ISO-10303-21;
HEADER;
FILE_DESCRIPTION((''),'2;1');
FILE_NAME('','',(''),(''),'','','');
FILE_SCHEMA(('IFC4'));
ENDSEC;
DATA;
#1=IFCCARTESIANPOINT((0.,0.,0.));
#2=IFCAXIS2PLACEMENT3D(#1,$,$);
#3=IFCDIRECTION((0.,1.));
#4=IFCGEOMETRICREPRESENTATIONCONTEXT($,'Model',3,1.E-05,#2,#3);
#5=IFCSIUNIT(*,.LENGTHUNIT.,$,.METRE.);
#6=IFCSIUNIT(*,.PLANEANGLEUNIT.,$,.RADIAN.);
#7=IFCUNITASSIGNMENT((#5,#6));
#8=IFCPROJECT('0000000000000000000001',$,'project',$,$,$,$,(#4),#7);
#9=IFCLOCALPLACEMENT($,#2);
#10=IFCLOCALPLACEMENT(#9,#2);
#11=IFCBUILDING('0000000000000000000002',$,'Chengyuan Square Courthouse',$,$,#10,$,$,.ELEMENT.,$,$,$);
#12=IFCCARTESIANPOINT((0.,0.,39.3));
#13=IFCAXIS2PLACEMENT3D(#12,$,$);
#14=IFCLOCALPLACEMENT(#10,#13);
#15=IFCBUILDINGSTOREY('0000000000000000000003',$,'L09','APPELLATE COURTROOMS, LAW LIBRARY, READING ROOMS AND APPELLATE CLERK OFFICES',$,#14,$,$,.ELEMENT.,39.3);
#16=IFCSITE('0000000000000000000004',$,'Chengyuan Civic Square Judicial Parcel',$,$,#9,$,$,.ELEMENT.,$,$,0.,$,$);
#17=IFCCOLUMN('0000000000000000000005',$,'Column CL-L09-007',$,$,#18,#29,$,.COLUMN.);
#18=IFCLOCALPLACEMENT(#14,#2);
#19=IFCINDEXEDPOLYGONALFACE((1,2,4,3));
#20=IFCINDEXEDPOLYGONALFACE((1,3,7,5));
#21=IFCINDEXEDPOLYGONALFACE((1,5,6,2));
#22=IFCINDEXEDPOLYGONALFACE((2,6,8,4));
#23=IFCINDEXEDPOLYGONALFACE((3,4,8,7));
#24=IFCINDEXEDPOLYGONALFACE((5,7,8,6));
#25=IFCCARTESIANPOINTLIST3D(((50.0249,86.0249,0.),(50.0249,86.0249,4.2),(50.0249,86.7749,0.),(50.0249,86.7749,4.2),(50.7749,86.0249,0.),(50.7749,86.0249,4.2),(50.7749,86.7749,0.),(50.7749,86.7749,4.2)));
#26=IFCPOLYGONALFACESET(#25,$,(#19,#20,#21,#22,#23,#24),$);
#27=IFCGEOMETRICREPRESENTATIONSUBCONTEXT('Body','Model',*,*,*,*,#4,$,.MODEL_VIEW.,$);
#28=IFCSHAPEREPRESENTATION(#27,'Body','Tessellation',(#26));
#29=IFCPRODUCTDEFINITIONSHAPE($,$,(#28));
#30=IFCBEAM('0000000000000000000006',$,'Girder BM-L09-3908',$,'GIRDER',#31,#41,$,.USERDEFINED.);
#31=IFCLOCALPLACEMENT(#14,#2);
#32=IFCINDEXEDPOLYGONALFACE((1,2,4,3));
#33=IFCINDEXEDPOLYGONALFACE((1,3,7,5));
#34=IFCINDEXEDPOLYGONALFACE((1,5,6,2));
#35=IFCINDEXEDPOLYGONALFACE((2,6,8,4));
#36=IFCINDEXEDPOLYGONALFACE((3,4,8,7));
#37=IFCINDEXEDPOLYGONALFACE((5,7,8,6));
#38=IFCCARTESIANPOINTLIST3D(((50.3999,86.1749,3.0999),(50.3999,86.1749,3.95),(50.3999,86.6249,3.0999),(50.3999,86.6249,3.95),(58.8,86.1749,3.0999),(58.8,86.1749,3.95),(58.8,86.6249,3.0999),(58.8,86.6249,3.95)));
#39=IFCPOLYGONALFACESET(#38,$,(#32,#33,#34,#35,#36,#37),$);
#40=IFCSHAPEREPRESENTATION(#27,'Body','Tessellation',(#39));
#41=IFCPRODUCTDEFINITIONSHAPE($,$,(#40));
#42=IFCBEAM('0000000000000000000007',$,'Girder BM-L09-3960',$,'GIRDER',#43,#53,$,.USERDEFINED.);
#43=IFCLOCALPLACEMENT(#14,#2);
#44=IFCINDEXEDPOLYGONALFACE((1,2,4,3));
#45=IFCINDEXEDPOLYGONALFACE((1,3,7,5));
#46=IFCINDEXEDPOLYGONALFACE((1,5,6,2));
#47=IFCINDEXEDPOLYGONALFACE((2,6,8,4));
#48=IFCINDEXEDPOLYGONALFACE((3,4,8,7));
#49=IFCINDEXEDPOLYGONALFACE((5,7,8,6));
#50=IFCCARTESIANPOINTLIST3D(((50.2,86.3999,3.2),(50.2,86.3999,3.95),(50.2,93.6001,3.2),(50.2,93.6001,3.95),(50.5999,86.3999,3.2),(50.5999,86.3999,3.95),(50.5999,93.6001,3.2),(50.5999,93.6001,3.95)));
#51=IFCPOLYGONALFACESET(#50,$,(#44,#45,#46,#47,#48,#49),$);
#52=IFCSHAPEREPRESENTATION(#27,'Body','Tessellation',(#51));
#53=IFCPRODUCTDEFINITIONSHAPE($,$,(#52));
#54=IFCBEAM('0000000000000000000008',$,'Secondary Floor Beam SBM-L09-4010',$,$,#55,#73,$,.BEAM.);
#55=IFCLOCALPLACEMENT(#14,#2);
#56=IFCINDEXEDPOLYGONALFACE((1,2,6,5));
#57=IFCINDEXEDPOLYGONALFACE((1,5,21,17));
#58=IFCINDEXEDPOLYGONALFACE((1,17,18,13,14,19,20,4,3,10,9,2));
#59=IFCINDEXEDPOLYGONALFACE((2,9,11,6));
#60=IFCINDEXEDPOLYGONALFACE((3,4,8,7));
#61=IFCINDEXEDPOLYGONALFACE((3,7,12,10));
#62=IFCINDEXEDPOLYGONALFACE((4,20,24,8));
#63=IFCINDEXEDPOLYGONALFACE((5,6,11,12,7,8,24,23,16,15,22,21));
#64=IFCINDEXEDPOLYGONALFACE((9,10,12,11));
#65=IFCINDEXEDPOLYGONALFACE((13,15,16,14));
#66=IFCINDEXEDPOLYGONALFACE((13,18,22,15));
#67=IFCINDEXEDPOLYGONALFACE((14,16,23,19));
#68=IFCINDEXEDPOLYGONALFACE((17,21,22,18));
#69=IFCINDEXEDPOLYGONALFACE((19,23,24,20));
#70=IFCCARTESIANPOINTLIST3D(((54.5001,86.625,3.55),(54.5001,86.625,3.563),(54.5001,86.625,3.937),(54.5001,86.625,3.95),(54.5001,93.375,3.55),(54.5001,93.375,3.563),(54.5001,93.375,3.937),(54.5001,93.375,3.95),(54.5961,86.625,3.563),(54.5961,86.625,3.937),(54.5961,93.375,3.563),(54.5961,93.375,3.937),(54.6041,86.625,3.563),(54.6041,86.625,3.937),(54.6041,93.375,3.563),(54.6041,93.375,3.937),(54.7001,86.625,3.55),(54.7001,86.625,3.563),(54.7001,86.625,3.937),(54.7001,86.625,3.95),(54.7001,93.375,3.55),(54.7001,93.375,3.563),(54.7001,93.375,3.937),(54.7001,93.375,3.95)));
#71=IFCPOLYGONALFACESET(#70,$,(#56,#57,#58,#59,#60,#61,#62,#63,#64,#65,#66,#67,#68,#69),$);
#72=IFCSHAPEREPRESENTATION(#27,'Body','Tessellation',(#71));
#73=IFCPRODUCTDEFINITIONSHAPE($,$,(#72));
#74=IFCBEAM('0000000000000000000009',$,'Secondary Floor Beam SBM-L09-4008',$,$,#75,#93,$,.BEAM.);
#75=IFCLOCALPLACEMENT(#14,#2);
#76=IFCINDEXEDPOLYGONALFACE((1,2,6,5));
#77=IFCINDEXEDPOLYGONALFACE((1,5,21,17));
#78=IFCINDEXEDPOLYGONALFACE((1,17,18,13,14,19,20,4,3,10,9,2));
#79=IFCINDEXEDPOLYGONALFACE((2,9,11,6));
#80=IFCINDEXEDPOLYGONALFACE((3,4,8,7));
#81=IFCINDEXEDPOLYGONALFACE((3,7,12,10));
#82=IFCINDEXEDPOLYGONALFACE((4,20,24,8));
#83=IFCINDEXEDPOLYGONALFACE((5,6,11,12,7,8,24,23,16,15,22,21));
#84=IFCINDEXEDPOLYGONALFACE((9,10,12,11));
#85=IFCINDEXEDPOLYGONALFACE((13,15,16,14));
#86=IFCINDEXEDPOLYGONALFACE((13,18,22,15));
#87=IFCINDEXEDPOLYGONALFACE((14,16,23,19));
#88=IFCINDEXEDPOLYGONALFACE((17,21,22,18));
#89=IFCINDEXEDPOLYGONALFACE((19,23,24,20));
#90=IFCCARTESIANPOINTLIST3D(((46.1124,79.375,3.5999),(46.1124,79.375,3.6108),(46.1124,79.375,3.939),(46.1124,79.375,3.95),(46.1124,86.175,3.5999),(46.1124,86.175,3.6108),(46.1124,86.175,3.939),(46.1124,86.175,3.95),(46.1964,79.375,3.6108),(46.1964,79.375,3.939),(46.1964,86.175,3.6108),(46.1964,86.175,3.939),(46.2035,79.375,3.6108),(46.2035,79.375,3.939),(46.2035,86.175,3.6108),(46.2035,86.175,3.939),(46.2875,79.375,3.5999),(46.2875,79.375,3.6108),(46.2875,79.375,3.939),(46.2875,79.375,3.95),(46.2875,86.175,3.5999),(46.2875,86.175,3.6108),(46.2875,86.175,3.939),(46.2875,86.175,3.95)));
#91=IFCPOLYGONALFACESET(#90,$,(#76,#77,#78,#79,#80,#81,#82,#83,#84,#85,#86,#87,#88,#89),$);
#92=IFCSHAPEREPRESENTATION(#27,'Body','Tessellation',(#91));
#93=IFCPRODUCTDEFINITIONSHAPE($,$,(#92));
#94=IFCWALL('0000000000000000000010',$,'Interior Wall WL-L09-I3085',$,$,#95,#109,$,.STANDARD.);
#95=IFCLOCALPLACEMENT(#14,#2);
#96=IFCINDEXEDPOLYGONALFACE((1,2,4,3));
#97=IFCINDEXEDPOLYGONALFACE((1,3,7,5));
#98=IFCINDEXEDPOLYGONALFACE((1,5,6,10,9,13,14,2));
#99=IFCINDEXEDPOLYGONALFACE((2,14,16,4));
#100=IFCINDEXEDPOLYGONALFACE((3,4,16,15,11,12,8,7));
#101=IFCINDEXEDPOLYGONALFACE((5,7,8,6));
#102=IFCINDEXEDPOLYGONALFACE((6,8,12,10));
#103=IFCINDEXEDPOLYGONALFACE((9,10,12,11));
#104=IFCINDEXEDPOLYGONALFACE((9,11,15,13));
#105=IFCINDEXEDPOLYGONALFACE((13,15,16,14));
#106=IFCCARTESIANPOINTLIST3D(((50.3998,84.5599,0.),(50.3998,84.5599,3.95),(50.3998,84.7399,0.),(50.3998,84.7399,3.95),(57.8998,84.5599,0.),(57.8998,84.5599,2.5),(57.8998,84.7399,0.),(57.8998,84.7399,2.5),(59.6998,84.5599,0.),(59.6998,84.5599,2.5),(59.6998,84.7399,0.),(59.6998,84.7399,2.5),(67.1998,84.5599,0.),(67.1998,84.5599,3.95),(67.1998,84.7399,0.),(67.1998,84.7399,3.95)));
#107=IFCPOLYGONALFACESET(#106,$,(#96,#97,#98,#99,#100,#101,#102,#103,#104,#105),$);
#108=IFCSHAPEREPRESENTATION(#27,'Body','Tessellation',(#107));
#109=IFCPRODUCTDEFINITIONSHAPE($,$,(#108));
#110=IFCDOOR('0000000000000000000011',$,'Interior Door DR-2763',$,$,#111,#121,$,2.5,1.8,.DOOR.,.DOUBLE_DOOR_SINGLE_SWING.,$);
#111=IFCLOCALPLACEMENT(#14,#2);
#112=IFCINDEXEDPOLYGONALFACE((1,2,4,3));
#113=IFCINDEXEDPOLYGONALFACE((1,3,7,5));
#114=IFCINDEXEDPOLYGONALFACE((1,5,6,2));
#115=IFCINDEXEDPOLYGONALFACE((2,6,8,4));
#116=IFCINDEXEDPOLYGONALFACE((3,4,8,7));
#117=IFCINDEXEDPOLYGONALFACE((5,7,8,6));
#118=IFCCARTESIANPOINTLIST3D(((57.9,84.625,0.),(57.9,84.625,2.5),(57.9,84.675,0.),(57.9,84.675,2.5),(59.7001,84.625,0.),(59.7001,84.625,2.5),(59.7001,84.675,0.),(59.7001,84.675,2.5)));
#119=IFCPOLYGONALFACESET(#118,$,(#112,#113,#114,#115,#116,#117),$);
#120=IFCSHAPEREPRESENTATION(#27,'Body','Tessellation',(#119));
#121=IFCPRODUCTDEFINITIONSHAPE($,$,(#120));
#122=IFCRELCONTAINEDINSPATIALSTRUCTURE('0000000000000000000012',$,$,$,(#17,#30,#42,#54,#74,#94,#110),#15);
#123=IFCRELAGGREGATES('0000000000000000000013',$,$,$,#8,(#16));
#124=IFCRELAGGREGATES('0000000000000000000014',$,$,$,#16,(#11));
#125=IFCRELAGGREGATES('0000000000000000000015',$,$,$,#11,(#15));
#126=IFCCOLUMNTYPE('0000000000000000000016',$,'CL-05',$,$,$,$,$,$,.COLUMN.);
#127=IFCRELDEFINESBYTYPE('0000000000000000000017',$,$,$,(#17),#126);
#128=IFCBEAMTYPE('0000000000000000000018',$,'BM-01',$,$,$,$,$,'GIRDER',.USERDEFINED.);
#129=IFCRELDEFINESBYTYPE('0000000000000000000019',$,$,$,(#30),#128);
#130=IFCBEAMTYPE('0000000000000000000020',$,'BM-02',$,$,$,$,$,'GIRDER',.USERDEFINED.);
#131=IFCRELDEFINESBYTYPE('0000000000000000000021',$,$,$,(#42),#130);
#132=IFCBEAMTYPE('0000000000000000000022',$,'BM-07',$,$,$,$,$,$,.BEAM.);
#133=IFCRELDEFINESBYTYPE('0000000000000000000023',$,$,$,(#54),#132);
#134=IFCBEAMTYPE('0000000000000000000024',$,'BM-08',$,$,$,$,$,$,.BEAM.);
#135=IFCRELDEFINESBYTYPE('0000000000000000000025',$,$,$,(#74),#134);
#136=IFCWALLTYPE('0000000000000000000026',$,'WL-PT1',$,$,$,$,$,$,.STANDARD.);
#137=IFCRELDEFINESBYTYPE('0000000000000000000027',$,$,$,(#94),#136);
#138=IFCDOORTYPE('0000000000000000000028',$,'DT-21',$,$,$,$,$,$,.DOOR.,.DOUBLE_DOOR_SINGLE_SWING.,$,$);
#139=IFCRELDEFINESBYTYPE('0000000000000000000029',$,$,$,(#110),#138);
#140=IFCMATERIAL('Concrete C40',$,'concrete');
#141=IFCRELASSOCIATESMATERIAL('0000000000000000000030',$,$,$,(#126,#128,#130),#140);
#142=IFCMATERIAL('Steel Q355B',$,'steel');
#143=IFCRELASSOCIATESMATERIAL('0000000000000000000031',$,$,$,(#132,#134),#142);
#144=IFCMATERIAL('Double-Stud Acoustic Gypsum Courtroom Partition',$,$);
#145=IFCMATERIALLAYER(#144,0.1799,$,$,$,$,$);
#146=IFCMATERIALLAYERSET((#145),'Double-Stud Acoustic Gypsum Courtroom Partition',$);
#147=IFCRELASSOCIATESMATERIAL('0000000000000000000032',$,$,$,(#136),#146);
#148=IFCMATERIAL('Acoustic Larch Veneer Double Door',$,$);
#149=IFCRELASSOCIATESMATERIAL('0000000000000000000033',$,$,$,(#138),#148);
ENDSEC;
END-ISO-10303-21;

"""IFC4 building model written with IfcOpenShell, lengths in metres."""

from ifc_helpers import new_model, si_unit, direction, frame, frame_2d, origin, origin_2d, place, context, subcontext, project, spatial, rectangle, i_section, extrude, material, layer, layer_set, material_profile, profile_set, type_object, element, fill, save


model = new_model("IFC4")

# Units and contexts
model_context = context("Model", 3, precision=1e-05, world=origin(), true_north=direction((0.0, 1.0)))
body_context = subcontext(model_context, "Body", "Model", "MODEL_VIEW")
ifc_project = project(units=[si_unit("LENGTHUNIT", "METRE"), si_unit("PLANEANGLEUNIT", "RADIAN")], contexts=[model_context])

# Site, building, storey
site_placement = place(None, origin())
site = spatial("IfcSite", under=ifc_project, at=site_placement, Name="Chengyuan Civic Square Judicial Parcel", CompositionType="ELEMENT", RefElevation=0.0)
building_placement = place(site_placement, origin())
building = spatial("IfcBuilding", under=site, at=building_placement, Name="Chengyuan Square Courthouse", CompositionType="ELEMENT")
storey_placement = place(building_placement, frame((0.0, 0.0, 39.3)))
storey = spatial("IfcBuildingStorey", under=building, at=storey_placement, Name="L09", Description="APPELLATE COURTROOMS, LAW LIBRARY, READING ROOMS AND APPELLATE CLERK OFFICES", CompositionType="ELEMENT", Elevation=39.3)

# Column
ifc_material_1 = material(Name="Concrete C40", Category="concrete")
ifc_material_profile_1 = material_profile(ifc_material_1, rectangle(XDim=0.75, YDim=0.75, at=origin_2d()), Name="RC-COL-750x750")
ifc_profile_set_1 = profile_set([ifc_material_profile_1], Name="Concrete C40")
column_type = type_object("IfcColumnType", Name="CL-05", PredefinedType="COLUMN", material=ifc_profile_set_1)
column_placement = place(storey_placement, frame((50.3999, 86.3999, 0.0), z_axis=(0.0, 0.0, 1.0), x_axis=(1.0, 0.0, 0.0)))
element("IfcColumn", 1, at=column_placement, inside=storey, type_object=column_type, Name="Column CL-L09-007", PredefinedType="COLUMN", context=body_context, shape_type="SweptSolid", body=[
    extrude(rectangle(XDim=0.75, YDim=0.75, at=origin_2d()), origin(), (0.0, 0.0, 1.0), 4.2),
])

# Beams
ifc_material_profile_2 = material_profile(ifc_material_1, rectangle(XDim=0.45, YDim=0.8501, at=origin_2d()), Name="RC-BM-450x850")
ifc_profile_set_2 = profile_set([ifc_material_profile_2], Name="Concrete C40")
beam_type_1 = type_object("IfcBeamType", Name="BM-01", ElementType="GIRDER", PredefinedType="USERDEFINED", material=ifc_profile_set_2)
beam_1_placement = place(storey_placement, frame((50.3999, 86.3999, 3.5249), z_axis=(1.0, 0.0, 0.0), x_axis=(0.0, 1.0, 0.0)))
element("IfcBeam", 2, at=beam_1_placement, inside=storey, type_object=beam_type_1, Name="Girder BM-L09-3908", ObjectType="GIRDER", PredefinedType="USERDEFINED", context=body_context, shape_type="SweptSolid", body=[
    extrude(rectangle(XDim=0.45, YDim=0.8501, at=origin_2d()), origin(), (0.0, 0.0, 1.0), 8.4001),
])
ifc_material_profile_3 = material_profile(ifc_material_1, rectangle(XDim=0.3999, YDim=0.75, at=origin_2d()), Name="RC-BM-400x750")
ifc_profile_set_3 = profile_set([ifc_material_profile_3], Name="Concrete C40")
beam_type_2 = type_object("IfcBeamType", Name="BM-02", ElementType="GIRDER", PredefinedType="USERDEFINED", material=ifc_profile_set_3)
beam_2_placement = place(storey_placement, frame((50.3999, 86.3999, 3.575), z_axis=(0.0, 1.0, 0.0), x_axis=(-1.0, 0.0, 0.0)))
element("IfcBeam", 3, at=beam_2_placement, inside=storey, type_object=beam_type_2, Name="Girder BM-L09-3960", ObjectType="GIRDER", PredefinedType="USERDEFINED", context=body_context, shape_type="SweptSolid", body=[
    extrude(rectangle(XDim=0.3999, YDim=0.75, at=origin_2d()), origin(), (0.0, 0.0, 1.0), 7.2002),
])
ifc_material_2 = material(Name="Steel Q355B", Category="steel")
ifc_material_profile_4 = material_profile(ifc_material_2, i_section(OverallWidth=0.2, OverallDepth=0.3999, WebThickness=0.0081, FlangeThickness=0.0129, at=origin_2d()), Name="HN 400x200x8x13")
ifc_profile_set_4 = profile_set([ifc_material_profile_4], Name="Steel Q355B")
beam_type_3 = type_object("IfcBeamType", Name="BM-07", PredefinedType="BEAM", material=ifc_profile_set_4)
beam_3_placement = place(storey_placement, frame((54.6001, 86.625, 3.75), z_axis=(0.0, 1.0, 0.0), x_axis=(-1.0, 0.0, 0.0)))
element("IfcBeam", 4, at=beam_3_placement, inside=storey, type_object=beam_type_3, Name="Secondary Floor Beam SBM-L09-4010", PredefinedType="BEAM", context=body_context, shape_type="SweptSolid", body=[
    extrude(i_section(OverallWidth=0.2, OverallDepth=0.3999, WebThickness=0.0081, FlangeThickness=0.0129, at=origin_2d()), origin(), (0.0, 0.0, 1.0), 6.75),
])
ifc_material_profile_5 = material_profile(ifc_material_2, i_section(OverallWidth=0.175, OverallDepth=0.3501, WebThickness=0.0071, FlangeThickness=0.011, at=origin_2d()), Name="HN 350x175x7x11")
ifc_profile_set_5 = profile_set([ifc_material_profile_5], Name="Steel Q355B")
beam_type_4 = type_object("IfcBeamType", Name="BM-08", PredefinedType="BEAM", material=ifc_profile_set_5)
beam_4_placement = place(storey_placement, frame((46.2, 79.375, 3.7749), z_axis=(0.0, 1.0, 0.0), x_axis=(-1.0, 0.0, 0.0)))
element("IfcBeam", 5, at=beam_4_placement, inside=storey, type_object=beam_type_4, Name="Secondary Floor Beam SBM-L09-4008", PredefinedType="BEAM", context=body_context, shape_type="SweptSolid", body=[
    extrude(i_section(OverallWidth=0.175, OverallDepth=0.3501, WebThickness=0.0071, FlangeThickness=0.011, at=origin_2d()), origin(), (0.0, 0.0, 1.0), 6.8),
])

# Wall, opening, door
ifc_material_3 = material(Name="Double-Stud Acoustic Gypsum Courtroom Partition")
ifc_layer_1 = layer(ifc_material_3, 0.1799)
ifc_layer_set_1 = layer_set([ifc_layer_1], Name="Double-Stud Acoustic Gypsum Courtroom Partition")
wall_type_1 = type_object("IfcWallType", Name="WL-PT1", PredefinedType="STANDARD", material=ifc_layer_set_1)
wall_1_placement = place(storey_placement, frame((50.3999, 84.6499, 0.0), z_axis=(0.0, 0.0, 1.0), x_axis=(1.0, 0.0, 0.0)))
wall_1 = element("IfcWall", 6, at=wall_1_placement, inside=storey, type_object=wall_type_1, Name="Interior Wall WL-L09-I3085", PredefinedType="STANDARD", context=body_context, shape_type="SweptSolid", body=[
    extrude(rectangle(XDim=16.8, YDim=0.1799, at=frame_2d((8.3999, 0.0))), origin(), (0.0, 0.0, 1.0), 3.95),
])
opening_1_placement = place(wall_1_placement, frame((7.5, 0.0, 0.0)))
opening_1 = element("IfcOpeningElement", 7, at=opening_1_placement, cuts=wall_1, PredefinedType="OPENING", context=body_context, shape_type="SweptSolid", body=[
    extrude(rectangle(XDim=1.8, YDim=2.5, at=frame_2d((0.8999, 1.25))), frame((0.0, 0.1021, 0.0), z_axis=(0.0, -1.0, 0.0), x_axis=(1.0, 0.0, 0.0)), (0.0, 0.0, 1.0), 0.2039),
])
ifc_material_4 = material(Name="Acoustic Larch Veneer Double Door")
door_type_1 = type_object("IfcDoorType", Name="DT-21", OperationType="DOUBLE_DOOR_SINGLE_SWING", PredefinedType="DOOR", material=ifc_material_4)
door_1_placement = place(opening_1_placement, frame((1.8, 0.0, 0.0), z_axis=(0.0, 0.0, 1.0), x_axis=(-1.0, 0.0, 0.0)))
door_1 = element("IfcDoor", 8, at=door_1_placement, inside=storey, type_object=door_type_1, Name="Interior Door DR-2763", OperationType="DOUBLE_DOOR_SINGLE_SWING", OverallHeight=2.5, OverallWidth=1.8, PredefinedType="DOOR", context=body_context, shape_type="SweptSolid", body=[
    extrude(rectangle(XDim=1.8, YDim=2.5, at=frame_2d((0.8999, 1.25))), frame((0.0, 0.0249, 0.0), z_axis=(0.0, -1.0, 0.0), x_axis=(1.0, 0.0, 0.0)), (0.0, 0.0, 1.0), 0.05),
])
fill(opening_1, door_1)

save(model, "model.ifc")
